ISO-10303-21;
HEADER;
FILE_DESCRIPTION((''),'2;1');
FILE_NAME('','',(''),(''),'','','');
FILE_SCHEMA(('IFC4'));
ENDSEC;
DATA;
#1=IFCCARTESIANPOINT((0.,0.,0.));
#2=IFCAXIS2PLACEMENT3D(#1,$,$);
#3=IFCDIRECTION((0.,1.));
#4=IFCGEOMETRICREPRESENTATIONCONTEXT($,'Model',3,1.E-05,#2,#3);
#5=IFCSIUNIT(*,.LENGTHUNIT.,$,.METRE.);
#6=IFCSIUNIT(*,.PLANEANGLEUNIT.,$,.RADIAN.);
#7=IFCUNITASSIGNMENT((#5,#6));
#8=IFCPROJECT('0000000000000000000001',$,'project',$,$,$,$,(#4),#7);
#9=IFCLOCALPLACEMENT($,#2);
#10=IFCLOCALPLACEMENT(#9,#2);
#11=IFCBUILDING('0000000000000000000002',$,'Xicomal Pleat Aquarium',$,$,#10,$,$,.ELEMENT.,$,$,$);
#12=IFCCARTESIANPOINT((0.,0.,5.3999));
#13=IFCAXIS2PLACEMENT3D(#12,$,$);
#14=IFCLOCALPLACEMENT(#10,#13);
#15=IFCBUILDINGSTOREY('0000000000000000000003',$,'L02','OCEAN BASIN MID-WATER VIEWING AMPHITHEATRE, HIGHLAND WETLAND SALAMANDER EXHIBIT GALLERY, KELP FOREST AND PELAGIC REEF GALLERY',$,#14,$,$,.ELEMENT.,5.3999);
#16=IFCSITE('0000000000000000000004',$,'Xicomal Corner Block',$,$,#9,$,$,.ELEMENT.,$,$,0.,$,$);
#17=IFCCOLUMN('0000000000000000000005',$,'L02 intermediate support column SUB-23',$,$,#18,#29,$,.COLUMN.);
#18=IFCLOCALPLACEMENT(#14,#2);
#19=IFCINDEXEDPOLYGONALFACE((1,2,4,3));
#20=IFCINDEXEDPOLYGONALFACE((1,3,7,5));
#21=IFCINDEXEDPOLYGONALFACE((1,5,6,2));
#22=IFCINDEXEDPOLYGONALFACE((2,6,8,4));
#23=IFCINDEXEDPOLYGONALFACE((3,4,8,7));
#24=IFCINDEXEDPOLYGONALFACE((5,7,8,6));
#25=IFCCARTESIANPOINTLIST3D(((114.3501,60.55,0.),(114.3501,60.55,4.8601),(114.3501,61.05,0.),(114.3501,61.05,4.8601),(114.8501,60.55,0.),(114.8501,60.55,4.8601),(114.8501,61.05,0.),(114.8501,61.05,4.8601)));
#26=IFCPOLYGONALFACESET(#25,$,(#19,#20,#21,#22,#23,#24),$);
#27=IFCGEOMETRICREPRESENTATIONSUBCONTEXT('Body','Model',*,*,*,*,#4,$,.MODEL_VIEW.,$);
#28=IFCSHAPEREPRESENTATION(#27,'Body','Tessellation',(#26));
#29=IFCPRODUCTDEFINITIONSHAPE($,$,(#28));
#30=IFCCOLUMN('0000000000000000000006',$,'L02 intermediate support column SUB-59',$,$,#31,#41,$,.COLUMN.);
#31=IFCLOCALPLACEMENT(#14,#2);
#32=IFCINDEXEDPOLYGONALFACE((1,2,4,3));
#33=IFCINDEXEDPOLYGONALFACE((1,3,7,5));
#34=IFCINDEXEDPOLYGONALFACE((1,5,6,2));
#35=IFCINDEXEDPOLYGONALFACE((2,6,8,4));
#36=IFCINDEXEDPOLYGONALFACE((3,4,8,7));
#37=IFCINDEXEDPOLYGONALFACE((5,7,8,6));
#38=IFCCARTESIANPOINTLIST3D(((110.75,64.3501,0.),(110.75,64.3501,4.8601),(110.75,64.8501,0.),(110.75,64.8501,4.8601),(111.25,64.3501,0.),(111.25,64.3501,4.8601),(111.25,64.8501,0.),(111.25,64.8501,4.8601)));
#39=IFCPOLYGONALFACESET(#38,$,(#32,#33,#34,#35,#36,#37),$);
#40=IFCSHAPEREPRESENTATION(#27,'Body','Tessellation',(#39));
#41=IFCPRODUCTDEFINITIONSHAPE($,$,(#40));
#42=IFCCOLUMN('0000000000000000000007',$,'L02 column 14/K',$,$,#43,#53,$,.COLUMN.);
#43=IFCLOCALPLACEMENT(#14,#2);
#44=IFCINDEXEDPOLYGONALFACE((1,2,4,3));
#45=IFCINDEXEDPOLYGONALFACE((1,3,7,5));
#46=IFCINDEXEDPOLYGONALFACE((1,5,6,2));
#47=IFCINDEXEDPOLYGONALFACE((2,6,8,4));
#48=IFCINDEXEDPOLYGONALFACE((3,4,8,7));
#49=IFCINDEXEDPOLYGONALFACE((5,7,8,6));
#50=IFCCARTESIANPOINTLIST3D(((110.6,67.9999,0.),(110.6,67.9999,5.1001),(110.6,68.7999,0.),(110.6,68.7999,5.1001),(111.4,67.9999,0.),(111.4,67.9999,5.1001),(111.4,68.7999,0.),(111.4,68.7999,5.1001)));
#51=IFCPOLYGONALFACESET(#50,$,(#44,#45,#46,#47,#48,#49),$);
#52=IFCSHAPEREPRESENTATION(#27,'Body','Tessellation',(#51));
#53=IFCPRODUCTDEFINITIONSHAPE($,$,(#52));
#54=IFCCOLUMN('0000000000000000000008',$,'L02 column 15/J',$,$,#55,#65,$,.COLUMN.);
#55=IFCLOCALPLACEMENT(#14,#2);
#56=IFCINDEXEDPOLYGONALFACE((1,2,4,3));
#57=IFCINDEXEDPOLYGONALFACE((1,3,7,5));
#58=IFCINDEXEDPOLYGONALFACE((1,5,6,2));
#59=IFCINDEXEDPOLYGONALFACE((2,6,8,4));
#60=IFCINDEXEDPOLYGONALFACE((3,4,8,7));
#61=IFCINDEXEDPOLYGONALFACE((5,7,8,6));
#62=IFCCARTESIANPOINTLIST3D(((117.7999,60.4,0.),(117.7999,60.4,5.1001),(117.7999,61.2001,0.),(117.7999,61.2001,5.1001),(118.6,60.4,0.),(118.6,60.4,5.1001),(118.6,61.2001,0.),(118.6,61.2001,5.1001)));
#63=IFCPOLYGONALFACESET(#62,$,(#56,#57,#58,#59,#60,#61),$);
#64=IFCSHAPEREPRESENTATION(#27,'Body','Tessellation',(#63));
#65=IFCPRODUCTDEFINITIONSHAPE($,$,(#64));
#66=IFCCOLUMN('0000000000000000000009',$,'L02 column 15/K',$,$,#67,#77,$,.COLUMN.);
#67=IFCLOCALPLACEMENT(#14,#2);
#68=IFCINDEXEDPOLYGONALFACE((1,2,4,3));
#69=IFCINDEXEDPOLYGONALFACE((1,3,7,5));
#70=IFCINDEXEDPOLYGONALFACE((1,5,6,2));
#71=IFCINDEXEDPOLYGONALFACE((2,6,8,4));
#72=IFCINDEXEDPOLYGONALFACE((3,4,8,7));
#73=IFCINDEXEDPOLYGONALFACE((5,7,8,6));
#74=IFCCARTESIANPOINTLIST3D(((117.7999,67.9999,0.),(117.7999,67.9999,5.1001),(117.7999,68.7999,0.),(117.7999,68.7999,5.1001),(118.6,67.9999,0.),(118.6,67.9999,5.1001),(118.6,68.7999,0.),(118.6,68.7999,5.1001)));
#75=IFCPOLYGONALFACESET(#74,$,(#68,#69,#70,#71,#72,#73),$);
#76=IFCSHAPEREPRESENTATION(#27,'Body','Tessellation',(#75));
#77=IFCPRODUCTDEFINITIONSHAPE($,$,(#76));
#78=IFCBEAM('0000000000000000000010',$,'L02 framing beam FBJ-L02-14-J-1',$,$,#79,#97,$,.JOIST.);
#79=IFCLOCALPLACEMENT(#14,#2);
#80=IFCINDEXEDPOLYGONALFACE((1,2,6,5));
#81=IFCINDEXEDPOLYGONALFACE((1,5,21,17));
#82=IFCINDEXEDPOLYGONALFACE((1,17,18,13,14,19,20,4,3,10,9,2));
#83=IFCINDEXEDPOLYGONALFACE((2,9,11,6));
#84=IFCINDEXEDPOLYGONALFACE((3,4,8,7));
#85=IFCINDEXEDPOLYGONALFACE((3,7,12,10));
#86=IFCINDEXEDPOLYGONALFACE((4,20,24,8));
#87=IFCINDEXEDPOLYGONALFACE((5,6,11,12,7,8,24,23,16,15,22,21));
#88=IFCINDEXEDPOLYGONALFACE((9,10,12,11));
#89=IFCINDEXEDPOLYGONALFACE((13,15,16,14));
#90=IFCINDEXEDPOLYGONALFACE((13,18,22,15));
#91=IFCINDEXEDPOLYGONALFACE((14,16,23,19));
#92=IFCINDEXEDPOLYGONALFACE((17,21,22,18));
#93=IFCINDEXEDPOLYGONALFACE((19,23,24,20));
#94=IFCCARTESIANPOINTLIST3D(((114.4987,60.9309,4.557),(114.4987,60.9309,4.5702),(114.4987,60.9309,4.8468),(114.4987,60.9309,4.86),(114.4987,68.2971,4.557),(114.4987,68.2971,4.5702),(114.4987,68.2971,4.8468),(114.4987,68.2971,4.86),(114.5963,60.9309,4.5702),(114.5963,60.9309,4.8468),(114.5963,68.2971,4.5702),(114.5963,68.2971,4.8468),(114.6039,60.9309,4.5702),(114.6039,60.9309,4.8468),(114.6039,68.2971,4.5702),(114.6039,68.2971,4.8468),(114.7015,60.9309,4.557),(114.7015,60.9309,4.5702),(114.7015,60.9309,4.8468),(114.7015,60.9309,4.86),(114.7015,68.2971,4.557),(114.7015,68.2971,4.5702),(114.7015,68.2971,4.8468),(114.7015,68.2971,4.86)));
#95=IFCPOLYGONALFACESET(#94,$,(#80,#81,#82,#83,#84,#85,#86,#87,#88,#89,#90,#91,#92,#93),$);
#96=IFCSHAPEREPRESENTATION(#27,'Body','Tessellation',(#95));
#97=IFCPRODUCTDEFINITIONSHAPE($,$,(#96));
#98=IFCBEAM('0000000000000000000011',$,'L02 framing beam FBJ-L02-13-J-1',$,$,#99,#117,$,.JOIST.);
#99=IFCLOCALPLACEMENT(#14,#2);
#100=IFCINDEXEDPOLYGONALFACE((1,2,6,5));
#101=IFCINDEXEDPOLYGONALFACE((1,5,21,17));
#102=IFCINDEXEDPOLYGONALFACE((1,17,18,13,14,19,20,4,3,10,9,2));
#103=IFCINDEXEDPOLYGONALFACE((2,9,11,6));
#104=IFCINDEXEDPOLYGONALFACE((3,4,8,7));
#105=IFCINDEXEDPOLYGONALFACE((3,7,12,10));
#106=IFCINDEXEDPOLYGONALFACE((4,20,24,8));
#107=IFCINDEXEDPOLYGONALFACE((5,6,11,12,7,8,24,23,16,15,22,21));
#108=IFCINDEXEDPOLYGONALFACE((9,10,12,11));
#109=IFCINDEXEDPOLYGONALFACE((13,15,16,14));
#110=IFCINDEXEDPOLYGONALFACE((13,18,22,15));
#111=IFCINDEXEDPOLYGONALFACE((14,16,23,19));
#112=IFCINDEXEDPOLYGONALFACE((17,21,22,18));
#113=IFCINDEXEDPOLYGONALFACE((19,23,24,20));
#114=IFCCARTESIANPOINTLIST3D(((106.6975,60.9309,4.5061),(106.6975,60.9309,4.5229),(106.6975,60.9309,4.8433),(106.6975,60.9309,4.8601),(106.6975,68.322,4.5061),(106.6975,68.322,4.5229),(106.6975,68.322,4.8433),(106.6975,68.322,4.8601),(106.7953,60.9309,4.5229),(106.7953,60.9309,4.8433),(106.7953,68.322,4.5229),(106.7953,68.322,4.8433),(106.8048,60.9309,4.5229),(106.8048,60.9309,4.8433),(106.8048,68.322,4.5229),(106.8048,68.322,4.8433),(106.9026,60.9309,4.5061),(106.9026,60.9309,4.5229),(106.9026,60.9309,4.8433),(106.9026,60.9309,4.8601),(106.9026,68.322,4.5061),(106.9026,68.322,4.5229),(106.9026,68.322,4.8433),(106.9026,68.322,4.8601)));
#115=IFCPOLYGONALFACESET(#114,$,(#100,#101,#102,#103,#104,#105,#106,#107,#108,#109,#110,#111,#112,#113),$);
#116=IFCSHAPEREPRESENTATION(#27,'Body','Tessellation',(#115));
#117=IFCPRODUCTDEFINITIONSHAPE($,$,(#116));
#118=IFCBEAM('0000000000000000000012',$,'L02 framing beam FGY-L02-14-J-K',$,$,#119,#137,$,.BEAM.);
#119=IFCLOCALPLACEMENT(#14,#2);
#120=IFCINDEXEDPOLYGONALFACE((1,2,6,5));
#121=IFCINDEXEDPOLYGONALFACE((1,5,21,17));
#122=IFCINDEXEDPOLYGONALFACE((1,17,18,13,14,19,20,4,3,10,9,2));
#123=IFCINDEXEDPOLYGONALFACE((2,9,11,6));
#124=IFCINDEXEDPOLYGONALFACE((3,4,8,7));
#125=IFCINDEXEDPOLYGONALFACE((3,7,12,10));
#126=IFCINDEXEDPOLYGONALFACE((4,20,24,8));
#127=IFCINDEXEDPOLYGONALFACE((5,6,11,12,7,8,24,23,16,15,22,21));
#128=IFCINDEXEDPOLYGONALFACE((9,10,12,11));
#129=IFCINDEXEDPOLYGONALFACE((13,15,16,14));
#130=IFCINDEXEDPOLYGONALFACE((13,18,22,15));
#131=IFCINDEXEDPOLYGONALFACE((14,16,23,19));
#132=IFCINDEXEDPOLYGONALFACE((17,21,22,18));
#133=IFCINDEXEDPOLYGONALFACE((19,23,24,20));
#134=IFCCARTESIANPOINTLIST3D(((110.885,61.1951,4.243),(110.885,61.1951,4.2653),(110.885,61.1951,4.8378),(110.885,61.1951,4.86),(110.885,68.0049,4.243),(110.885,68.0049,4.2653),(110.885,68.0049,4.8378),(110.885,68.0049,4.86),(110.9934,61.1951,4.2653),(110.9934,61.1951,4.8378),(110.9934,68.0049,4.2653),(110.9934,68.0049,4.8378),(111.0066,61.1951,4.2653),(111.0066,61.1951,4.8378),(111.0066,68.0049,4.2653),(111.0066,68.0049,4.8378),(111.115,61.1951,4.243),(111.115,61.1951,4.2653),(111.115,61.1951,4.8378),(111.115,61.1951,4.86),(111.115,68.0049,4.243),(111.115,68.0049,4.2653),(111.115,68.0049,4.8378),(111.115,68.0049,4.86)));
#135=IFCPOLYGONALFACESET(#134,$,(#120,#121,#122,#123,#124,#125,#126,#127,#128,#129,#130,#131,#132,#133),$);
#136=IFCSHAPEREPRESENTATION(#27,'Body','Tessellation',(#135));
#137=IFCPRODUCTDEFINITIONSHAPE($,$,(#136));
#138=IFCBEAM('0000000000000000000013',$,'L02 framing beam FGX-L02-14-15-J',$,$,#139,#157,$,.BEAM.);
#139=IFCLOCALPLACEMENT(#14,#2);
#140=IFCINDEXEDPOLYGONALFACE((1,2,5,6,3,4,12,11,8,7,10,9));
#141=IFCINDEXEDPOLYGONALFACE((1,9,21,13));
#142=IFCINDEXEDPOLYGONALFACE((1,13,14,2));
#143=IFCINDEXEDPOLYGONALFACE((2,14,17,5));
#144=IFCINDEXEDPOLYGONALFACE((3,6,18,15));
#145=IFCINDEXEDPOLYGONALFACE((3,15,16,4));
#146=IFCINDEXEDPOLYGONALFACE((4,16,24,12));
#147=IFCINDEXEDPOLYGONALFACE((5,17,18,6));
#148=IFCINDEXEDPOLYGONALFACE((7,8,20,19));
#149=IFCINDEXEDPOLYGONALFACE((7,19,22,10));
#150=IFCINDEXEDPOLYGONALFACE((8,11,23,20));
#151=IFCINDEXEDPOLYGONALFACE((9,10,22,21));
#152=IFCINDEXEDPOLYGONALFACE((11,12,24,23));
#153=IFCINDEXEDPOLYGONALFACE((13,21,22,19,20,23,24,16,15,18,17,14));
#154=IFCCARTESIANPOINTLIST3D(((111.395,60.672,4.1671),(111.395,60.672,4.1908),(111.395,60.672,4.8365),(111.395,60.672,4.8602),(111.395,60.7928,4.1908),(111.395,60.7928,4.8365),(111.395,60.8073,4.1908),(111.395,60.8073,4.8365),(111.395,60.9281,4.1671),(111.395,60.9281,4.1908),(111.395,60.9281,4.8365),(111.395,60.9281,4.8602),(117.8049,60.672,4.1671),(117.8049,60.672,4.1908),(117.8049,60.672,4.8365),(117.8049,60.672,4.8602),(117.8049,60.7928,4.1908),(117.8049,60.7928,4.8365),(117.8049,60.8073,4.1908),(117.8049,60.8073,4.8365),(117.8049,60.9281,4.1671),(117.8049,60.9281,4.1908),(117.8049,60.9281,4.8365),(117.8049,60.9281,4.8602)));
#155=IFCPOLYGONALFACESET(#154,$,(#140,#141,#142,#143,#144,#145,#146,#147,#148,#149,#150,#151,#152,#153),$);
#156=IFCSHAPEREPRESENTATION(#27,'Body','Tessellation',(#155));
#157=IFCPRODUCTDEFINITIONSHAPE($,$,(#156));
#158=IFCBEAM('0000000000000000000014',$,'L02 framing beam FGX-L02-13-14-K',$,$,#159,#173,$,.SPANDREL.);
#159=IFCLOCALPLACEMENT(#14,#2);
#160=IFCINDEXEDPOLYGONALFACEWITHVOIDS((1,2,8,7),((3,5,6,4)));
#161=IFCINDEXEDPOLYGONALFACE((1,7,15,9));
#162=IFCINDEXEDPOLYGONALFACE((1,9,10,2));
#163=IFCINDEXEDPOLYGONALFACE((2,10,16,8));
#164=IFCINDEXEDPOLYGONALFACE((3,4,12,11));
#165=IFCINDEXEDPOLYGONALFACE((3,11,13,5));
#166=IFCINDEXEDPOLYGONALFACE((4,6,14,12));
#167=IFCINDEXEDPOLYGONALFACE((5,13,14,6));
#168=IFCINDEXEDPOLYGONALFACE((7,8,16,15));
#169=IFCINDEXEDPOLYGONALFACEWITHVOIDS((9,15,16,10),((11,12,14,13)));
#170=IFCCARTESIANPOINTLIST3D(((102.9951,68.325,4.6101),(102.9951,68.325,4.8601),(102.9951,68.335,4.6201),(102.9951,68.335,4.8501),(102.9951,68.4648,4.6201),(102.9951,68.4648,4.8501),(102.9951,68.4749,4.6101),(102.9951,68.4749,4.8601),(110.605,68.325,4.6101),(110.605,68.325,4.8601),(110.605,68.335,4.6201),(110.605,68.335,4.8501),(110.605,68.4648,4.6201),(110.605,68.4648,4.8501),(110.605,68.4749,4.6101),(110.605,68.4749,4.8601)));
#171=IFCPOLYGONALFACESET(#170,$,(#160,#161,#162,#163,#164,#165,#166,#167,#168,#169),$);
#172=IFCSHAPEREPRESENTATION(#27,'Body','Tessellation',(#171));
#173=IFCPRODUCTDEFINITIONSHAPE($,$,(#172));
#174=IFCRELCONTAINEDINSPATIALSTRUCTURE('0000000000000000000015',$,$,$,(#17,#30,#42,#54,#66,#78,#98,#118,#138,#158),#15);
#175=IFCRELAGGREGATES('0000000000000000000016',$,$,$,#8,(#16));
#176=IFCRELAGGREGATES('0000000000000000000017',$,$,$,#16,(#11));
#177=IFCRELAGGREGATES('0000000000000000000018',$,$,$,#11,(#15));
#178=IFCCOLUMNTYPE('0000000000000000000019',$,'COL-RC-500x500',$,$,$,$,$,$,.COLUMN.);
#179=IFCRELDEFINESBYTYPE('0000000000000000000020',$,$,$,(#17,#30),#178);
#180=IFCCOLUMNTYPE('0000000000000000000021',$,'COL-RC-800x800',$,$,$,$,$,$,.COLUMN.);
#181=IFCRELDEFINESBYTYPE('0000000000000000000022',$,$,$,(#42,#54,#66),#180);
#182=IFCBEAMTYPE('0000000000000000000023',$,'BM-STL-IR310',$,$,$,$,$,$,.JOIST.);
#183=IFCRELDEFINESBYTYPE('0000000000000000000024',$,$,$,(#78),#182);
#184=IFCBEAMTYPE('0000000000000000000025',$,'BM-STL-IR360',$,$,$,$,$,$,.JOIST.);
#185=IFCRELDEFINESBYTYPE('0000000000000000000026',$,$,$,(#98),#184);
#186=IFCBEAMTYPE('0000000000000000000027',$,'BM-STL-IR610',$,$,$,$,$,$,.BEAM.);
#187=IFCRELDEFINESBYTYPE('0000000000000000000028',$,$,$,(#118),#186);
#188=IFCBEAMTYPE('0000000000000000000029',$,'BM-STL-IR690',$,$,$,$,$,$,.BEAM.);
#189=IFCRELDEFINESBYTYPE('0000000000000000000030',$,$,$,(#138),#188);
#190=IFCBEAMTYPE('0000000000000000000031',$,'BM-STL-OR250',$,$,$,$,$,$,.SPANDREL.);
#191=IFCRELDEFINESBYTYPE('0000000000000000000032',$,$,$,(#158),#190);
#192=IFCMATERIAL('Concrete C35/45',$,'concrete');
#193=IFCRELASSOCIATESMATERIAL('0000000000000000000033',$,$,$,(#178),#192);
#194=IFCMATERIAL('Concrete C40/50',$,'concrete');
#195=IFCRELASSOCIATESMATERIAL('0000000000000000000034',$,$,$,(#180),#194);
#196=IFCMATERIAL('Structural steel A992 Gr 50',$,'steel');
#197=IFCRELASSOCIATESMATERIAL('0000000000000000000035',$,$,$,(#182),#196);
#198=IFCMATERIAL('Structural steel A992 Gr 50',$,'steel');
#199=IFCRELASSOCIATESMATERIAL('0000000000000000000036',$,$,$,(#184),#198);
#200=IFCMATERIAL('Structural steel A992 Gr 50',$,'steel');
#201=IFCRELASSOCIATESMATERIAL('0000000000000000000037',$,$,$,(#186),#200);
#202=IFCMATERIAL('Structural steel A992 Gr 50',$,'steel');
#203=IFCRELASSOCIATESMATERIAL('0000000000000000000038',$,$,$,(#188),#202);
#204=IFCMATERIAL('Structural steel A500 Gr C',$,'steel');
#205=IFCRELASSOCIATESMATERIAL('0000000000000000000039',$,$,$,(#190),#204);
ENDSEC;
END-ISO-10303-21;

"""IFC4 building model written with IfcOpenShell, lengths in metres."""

from ifc_helpers import new_model, si_unit, direction, frame, origin, origin_2d, place, context, subcontext, project, spatial, rectangle, hollow_rectangle, i_section, extrude, material, material_profile, profile_set, type_object, element, save


model = new_model("IFC4")

# Units and contexts
model_context = context("Model", 3, precision=1e-05, world=origin(), true_north=direction((0.0, 1.0)))
body_context = subcontext(model_context, "Body", "Model", "MODEL_VIEW")
ifc_project = project(units=[si_unit("LENGTHUNIT", "METRE"), si_unit("PLANEANGLEUNIT", "RADIAN")], contexts=[model_context])

# Site, building, storey
site_placement = place(None, origin())
site = spatial("IfcSite", under=ifc_project, at=site_placement, Name="Xicomal Corner Block", CompositionType="ELEMENT", RefElevation=0.0)
building_placement = place(site_placement, origin())
building = spatial("IfcBuilding", under=site, at=building_placement, Name="Xicomal Pleat Aquarium", CompositionType="ELEMENT")
storey_placement = place(building_placement, frame((0.0, 0.0, 5.3999)))
storey = spatial("IfcBuildingStorey", under=building, at=storey_placement, Name="L02", Description="OCEAN BASIN MID-WATER VIEWING AMPHITHEATRE, HIGHLAND WETLAND SALAMANDER EXHIBIT GALLERY, KELP FOREST AND PELAGIC REEF GALLERY", CompositionType="ELEMENT", Elevation=5.3999)

# Columns
ifc_material_1 = material(Name="Concrete C35/45", Category="concrete")
ifc_material_profile_1 = material_profile(ifc_material_1, rectangle(XDim=0.5, YDim=0.5, at=origin_2d()), Name="RC 500x500")
ifc_profile_set_1 = profile_set([ifc_material_profile_1], Name="Concrete C35/45")
column_type_1 = type_object("IfcColumnType", Name="COL-RC-500x500", PredefinedType="COLUMN", material=ifc_profile_set_1)
for number, where, z_axis, x_axis, name in (
    (1, (114.6001, 60.8, 0.0), (0.0, 0.0, 1.0), (1.0, 0.0, 0.0), "L02 intermediate support column SUB-23"),
    (2, (111.0, 64.6001, 0.0), (0.0, 0.0, 1.0), (1.0, 0.0, 0.0), "L02 intermediate support column SUB-59"),
):
    element("IfcColumn", number, at=place(storey_placement, frame(where, z_axis=z_axis, x_axis=x_axis)), inside=storey, type_object=column_type_1, Name=name, PredefinedType="COLUMN", context=body_context, shape_type="SweptSolid", body=[
        extrude(rectangle(XDim=0.5, YDim=0.5, at=origin_2d()), origin(), (0.0, 0.0, 1.0), 4.8601),
    ])
ifc_material_2 = material(Name="Concrete C40/50", Category="concrete")
ifc_material_profile_2 = material_profile(ifc_material_2, rectangle(XDim=0.8, YDim=0.8, at=origin_2d()), Name="RC 800x800")
ifc_profile_set_2 = profile_set([ifc_material_profile_2], Name="Concrete C40/50")
column_type_2 = type_object("IfcColumnType", Name="COL-RC-800x800", PredefinedType="COLUMN", material=ifc_profile_set_2)
for number, where, z_axis, x_axis, name in (
    (3, (111.0, 68.3999, 0.0), (0.0, 0.0, 1.0), (1.0, 0.0, 0.0), "L02 column 14/K"),
    (4, (118.2, 60.8, 0.0), (0.0, 0.0, 1.0), (1.0, 0.0, 0.0), "L02 column 15/J"),
    (5, (118.2, 68.3999, 0.0), (0.0, 0.0, 1.0), (1.0, 0.0, 0.0), "L02 column 15/K"),
):
    element("IfcColumn", number, at=place(storey_placement, frame(where, z_axis=z_axis, x_axis=x_axis)), inside=storey, type_object=column_type_2, Name=name, PredefinedType="COLUMN", context=body_context, shape_type="SweptSolid", body=[
        extrude(rectangle(XDim=0.8, YDim=0.8, at=origin_2d()), origin(), (0.0, 0.0, 1.0), 5.1001),
    ])

# Beams
ifc_material_3 = material(Name="Structural steel A992 Gr 50", Category="steel")
ifc_material_profile_3 = material_profile(ifc_material_3, i_section(OverallWidth=0.2029, OverallDepth=0.303, WebThickness=0.0076, FlangeThickness=0.0132, at=origin_2d()), Name="IR 310x60")
ifc_profile_set_3 = profile_set([ifc_material_profile_3], Name="Structural steel A992 Gr 50")
beam_type_1 = type_object("IfcBeamType", Name="BM-STL-IR310", PredefinedType="JOIST", material=ifc_profile_set_3)
beam_1_placement = place(storey_placement, frame((114.6001, 60.9309, 4.7085), z_axis=(0.0, 1.0, 0.0), x_axis=(-1.0, 0.0, 0.0)))
element("IfcBeam", 6, at=beam_1_placement, inside=storey, type_object=beam_type_1, Name="L02 framing beam FBJ-L02-14-J-1", PredefinedType="JOIST", context=body_context, shape_type="SweptSolid", body=[
    extrude(i_section(OverallWidth=0.2029, OverallDepth=0.303, WebThickness=0.0076, FlangeThickness=0.0132, at=origin_2d()), origin(), (0.0, 0.0, 1.0), 7.3662),
])
ifc_material_4 = material(Name="Structural steel A992 Gr 50", Category="steel")
ifc_material_profile_4 = material_profile(ifc_material_4, i_section(OverallWidth=0.2051, OverallDepth=0.354, WebThickness=0.0095, FlangeThickness=0.0168, at=origin_2d()), Name="IR 360x79")
ifc_profile_set_4 = profile_set([ifc_material_profile_4], Name="Structural steel A992 Gr 50")
beam_type_2 = type_object("IfcBeamType", Name="BM-STL-IR360", PredefinedType="JOIST", material=ifc_profile_set_4)
beam_2_placement = place(storey_placement, frame((106.8, 60.9309, 4.6831), z_axis=(0.0, 1.0, 0.0), x_axis=(-1.0, 0.0, 0.0)))
element("IfcBeam", 7, at=beam_2_placement, inside=storey, type_object=beam_type_2, Name="L02 framing beam FBJ-L02-13-J-1", PredefinedType="JOIST", context=body_context, shape_type="SweptSolid", body=[
    extrude(i_section(OverallWidth=0.2051, OverallDepth=0.354, WebThickness=0.0095, FlangeThickness=0.0168, at=origin_2d()), origin(), (0.0, 0.0, 1.0), 7.3911),
])
ifc_material_5 = material(Name="Structural steel A992 Gr 50", Category="steel")
ifc_material_profile_5 = material_profile(ifc_material_5, i_section(OverallWidth=0.23, OverallDepth=0.6169, WebThickness=0.0132, FlangeThickness=0.0222, at=origin_2d()), Name="IR 610x140")
ifc_profile_set_5 = profile_set([ifc_material_profile_5], Name="Structural steel A992 Gr 50")
beam_type_3 = type_object("IfcBeamType", Name="BM-STL-IR610", PredefinedType="BEAM", material=ifc_profile_set_5)
beam_3_placement = place(storey_placement, frame((111.0, 61.1951, 4.5515), z_axis=(0.0, 1.0, 0.0), x_axis=(-1.0, 0.0, 0.0)))
element("IfcBeam", 8, at=beam_3_placement, inside=storey, type_object=beam_type_3, Name="L02 framing beam FGY-L02-14-J-K", PredefinedType="BEAM", context=body_context, shape_type="SweptSolid", body=[
    extrude(i_section(OverallWidth=0.23, OverallDepth=0.6169, WebThickness=0.0132, FlangeThickness=0.0222, at=origin_2d()), origin(), (0.0, 0.0, 1.0), 6.8098),
])
ifc_material_6 = material(Name="Structural steel A992 Gr 50", Category="steel")
ifc_material_profile_6 = material_profile(ifc_material_6, i_section(OverallWidth=0.2561, OverallDepth=0.6931, WebThickness=0.0144, FlangeThickness=0.0237, at=origin_2d()), Name="IR 690x170")
ifc_profile_set_6 = profile_set([ifc_material_profile_6], Name="Structural steel A992 Gr 50")
beam_type_4 = type_object("IfcBeamType", Name="BM-STL-IR690", PredefinedType="BEAM", material=ifc_profile_set_6)
beam_4_placement = place(storey_placement, frame((111.395, 60.8, 4.5137), z_axis=(1.0, 0.0, 0.0), x_axis=(0.0, 1.0, 0.0)))
element("IfcBeam", 9, at=beam_4_placement, inside=storey, type_object=beam_type_4, Name="L02 framing beam FGX-L02-14-15-J", PredefinedType="BEAM", context=body_context, shape_type="SweptSolid", body=[
    extrude(i_section(OverallWidth=0.2561, OverallDepth=0.6931, WebThickness=0.0144, FlangeThickness=0.0237, at=origin_2d()), origin(), (0.0, 0.0, 1.0), 6.4099),
])
ifc_material_7 = material(Name="Structural steel A500 Gr C", Category="steel")
ifc_material_profile_7 = material_profile(ifc_material_7, hollow_rectangle(XDim=0.1499, YDim=0.25, WallThickness=0.01, at=origin_2d()), Name="OR 250x150x10")
ifc_profile_set_7 = profile_set([ifc_material_profile_7], Name="Structural steel A500 Gr C")
beam_type_5 = type_object("IfcBeamType", Name="BM-STL-OR250", PredefinedType="SPANDREL", material=ifc_profile_set_7)
beam_5_placement = place(storey_placement, frame((102.9951, 68.3999, 4.7351), z_axis=(1.0, 0.0, 0.0), x_axis=(0.0, 1.0, 0.0)))
element("IfcBeam", 10, at=beam_5_placement, inside=storey, type_object=beam_type_5, Name="L02 framing beam FGX-L02-13-14-K", PredefinedType="SPANDREL", context=body_context, shape_type="SweptSolid", body=[
    extrude(hollow_rectangle(XDim=0.1499, YDim=0.25, WallThickness=0.01, at=origin_2d()), origin(), (0.0, 0.0, 1.0), 7.6099),
])

save(model, "model.ifc")
